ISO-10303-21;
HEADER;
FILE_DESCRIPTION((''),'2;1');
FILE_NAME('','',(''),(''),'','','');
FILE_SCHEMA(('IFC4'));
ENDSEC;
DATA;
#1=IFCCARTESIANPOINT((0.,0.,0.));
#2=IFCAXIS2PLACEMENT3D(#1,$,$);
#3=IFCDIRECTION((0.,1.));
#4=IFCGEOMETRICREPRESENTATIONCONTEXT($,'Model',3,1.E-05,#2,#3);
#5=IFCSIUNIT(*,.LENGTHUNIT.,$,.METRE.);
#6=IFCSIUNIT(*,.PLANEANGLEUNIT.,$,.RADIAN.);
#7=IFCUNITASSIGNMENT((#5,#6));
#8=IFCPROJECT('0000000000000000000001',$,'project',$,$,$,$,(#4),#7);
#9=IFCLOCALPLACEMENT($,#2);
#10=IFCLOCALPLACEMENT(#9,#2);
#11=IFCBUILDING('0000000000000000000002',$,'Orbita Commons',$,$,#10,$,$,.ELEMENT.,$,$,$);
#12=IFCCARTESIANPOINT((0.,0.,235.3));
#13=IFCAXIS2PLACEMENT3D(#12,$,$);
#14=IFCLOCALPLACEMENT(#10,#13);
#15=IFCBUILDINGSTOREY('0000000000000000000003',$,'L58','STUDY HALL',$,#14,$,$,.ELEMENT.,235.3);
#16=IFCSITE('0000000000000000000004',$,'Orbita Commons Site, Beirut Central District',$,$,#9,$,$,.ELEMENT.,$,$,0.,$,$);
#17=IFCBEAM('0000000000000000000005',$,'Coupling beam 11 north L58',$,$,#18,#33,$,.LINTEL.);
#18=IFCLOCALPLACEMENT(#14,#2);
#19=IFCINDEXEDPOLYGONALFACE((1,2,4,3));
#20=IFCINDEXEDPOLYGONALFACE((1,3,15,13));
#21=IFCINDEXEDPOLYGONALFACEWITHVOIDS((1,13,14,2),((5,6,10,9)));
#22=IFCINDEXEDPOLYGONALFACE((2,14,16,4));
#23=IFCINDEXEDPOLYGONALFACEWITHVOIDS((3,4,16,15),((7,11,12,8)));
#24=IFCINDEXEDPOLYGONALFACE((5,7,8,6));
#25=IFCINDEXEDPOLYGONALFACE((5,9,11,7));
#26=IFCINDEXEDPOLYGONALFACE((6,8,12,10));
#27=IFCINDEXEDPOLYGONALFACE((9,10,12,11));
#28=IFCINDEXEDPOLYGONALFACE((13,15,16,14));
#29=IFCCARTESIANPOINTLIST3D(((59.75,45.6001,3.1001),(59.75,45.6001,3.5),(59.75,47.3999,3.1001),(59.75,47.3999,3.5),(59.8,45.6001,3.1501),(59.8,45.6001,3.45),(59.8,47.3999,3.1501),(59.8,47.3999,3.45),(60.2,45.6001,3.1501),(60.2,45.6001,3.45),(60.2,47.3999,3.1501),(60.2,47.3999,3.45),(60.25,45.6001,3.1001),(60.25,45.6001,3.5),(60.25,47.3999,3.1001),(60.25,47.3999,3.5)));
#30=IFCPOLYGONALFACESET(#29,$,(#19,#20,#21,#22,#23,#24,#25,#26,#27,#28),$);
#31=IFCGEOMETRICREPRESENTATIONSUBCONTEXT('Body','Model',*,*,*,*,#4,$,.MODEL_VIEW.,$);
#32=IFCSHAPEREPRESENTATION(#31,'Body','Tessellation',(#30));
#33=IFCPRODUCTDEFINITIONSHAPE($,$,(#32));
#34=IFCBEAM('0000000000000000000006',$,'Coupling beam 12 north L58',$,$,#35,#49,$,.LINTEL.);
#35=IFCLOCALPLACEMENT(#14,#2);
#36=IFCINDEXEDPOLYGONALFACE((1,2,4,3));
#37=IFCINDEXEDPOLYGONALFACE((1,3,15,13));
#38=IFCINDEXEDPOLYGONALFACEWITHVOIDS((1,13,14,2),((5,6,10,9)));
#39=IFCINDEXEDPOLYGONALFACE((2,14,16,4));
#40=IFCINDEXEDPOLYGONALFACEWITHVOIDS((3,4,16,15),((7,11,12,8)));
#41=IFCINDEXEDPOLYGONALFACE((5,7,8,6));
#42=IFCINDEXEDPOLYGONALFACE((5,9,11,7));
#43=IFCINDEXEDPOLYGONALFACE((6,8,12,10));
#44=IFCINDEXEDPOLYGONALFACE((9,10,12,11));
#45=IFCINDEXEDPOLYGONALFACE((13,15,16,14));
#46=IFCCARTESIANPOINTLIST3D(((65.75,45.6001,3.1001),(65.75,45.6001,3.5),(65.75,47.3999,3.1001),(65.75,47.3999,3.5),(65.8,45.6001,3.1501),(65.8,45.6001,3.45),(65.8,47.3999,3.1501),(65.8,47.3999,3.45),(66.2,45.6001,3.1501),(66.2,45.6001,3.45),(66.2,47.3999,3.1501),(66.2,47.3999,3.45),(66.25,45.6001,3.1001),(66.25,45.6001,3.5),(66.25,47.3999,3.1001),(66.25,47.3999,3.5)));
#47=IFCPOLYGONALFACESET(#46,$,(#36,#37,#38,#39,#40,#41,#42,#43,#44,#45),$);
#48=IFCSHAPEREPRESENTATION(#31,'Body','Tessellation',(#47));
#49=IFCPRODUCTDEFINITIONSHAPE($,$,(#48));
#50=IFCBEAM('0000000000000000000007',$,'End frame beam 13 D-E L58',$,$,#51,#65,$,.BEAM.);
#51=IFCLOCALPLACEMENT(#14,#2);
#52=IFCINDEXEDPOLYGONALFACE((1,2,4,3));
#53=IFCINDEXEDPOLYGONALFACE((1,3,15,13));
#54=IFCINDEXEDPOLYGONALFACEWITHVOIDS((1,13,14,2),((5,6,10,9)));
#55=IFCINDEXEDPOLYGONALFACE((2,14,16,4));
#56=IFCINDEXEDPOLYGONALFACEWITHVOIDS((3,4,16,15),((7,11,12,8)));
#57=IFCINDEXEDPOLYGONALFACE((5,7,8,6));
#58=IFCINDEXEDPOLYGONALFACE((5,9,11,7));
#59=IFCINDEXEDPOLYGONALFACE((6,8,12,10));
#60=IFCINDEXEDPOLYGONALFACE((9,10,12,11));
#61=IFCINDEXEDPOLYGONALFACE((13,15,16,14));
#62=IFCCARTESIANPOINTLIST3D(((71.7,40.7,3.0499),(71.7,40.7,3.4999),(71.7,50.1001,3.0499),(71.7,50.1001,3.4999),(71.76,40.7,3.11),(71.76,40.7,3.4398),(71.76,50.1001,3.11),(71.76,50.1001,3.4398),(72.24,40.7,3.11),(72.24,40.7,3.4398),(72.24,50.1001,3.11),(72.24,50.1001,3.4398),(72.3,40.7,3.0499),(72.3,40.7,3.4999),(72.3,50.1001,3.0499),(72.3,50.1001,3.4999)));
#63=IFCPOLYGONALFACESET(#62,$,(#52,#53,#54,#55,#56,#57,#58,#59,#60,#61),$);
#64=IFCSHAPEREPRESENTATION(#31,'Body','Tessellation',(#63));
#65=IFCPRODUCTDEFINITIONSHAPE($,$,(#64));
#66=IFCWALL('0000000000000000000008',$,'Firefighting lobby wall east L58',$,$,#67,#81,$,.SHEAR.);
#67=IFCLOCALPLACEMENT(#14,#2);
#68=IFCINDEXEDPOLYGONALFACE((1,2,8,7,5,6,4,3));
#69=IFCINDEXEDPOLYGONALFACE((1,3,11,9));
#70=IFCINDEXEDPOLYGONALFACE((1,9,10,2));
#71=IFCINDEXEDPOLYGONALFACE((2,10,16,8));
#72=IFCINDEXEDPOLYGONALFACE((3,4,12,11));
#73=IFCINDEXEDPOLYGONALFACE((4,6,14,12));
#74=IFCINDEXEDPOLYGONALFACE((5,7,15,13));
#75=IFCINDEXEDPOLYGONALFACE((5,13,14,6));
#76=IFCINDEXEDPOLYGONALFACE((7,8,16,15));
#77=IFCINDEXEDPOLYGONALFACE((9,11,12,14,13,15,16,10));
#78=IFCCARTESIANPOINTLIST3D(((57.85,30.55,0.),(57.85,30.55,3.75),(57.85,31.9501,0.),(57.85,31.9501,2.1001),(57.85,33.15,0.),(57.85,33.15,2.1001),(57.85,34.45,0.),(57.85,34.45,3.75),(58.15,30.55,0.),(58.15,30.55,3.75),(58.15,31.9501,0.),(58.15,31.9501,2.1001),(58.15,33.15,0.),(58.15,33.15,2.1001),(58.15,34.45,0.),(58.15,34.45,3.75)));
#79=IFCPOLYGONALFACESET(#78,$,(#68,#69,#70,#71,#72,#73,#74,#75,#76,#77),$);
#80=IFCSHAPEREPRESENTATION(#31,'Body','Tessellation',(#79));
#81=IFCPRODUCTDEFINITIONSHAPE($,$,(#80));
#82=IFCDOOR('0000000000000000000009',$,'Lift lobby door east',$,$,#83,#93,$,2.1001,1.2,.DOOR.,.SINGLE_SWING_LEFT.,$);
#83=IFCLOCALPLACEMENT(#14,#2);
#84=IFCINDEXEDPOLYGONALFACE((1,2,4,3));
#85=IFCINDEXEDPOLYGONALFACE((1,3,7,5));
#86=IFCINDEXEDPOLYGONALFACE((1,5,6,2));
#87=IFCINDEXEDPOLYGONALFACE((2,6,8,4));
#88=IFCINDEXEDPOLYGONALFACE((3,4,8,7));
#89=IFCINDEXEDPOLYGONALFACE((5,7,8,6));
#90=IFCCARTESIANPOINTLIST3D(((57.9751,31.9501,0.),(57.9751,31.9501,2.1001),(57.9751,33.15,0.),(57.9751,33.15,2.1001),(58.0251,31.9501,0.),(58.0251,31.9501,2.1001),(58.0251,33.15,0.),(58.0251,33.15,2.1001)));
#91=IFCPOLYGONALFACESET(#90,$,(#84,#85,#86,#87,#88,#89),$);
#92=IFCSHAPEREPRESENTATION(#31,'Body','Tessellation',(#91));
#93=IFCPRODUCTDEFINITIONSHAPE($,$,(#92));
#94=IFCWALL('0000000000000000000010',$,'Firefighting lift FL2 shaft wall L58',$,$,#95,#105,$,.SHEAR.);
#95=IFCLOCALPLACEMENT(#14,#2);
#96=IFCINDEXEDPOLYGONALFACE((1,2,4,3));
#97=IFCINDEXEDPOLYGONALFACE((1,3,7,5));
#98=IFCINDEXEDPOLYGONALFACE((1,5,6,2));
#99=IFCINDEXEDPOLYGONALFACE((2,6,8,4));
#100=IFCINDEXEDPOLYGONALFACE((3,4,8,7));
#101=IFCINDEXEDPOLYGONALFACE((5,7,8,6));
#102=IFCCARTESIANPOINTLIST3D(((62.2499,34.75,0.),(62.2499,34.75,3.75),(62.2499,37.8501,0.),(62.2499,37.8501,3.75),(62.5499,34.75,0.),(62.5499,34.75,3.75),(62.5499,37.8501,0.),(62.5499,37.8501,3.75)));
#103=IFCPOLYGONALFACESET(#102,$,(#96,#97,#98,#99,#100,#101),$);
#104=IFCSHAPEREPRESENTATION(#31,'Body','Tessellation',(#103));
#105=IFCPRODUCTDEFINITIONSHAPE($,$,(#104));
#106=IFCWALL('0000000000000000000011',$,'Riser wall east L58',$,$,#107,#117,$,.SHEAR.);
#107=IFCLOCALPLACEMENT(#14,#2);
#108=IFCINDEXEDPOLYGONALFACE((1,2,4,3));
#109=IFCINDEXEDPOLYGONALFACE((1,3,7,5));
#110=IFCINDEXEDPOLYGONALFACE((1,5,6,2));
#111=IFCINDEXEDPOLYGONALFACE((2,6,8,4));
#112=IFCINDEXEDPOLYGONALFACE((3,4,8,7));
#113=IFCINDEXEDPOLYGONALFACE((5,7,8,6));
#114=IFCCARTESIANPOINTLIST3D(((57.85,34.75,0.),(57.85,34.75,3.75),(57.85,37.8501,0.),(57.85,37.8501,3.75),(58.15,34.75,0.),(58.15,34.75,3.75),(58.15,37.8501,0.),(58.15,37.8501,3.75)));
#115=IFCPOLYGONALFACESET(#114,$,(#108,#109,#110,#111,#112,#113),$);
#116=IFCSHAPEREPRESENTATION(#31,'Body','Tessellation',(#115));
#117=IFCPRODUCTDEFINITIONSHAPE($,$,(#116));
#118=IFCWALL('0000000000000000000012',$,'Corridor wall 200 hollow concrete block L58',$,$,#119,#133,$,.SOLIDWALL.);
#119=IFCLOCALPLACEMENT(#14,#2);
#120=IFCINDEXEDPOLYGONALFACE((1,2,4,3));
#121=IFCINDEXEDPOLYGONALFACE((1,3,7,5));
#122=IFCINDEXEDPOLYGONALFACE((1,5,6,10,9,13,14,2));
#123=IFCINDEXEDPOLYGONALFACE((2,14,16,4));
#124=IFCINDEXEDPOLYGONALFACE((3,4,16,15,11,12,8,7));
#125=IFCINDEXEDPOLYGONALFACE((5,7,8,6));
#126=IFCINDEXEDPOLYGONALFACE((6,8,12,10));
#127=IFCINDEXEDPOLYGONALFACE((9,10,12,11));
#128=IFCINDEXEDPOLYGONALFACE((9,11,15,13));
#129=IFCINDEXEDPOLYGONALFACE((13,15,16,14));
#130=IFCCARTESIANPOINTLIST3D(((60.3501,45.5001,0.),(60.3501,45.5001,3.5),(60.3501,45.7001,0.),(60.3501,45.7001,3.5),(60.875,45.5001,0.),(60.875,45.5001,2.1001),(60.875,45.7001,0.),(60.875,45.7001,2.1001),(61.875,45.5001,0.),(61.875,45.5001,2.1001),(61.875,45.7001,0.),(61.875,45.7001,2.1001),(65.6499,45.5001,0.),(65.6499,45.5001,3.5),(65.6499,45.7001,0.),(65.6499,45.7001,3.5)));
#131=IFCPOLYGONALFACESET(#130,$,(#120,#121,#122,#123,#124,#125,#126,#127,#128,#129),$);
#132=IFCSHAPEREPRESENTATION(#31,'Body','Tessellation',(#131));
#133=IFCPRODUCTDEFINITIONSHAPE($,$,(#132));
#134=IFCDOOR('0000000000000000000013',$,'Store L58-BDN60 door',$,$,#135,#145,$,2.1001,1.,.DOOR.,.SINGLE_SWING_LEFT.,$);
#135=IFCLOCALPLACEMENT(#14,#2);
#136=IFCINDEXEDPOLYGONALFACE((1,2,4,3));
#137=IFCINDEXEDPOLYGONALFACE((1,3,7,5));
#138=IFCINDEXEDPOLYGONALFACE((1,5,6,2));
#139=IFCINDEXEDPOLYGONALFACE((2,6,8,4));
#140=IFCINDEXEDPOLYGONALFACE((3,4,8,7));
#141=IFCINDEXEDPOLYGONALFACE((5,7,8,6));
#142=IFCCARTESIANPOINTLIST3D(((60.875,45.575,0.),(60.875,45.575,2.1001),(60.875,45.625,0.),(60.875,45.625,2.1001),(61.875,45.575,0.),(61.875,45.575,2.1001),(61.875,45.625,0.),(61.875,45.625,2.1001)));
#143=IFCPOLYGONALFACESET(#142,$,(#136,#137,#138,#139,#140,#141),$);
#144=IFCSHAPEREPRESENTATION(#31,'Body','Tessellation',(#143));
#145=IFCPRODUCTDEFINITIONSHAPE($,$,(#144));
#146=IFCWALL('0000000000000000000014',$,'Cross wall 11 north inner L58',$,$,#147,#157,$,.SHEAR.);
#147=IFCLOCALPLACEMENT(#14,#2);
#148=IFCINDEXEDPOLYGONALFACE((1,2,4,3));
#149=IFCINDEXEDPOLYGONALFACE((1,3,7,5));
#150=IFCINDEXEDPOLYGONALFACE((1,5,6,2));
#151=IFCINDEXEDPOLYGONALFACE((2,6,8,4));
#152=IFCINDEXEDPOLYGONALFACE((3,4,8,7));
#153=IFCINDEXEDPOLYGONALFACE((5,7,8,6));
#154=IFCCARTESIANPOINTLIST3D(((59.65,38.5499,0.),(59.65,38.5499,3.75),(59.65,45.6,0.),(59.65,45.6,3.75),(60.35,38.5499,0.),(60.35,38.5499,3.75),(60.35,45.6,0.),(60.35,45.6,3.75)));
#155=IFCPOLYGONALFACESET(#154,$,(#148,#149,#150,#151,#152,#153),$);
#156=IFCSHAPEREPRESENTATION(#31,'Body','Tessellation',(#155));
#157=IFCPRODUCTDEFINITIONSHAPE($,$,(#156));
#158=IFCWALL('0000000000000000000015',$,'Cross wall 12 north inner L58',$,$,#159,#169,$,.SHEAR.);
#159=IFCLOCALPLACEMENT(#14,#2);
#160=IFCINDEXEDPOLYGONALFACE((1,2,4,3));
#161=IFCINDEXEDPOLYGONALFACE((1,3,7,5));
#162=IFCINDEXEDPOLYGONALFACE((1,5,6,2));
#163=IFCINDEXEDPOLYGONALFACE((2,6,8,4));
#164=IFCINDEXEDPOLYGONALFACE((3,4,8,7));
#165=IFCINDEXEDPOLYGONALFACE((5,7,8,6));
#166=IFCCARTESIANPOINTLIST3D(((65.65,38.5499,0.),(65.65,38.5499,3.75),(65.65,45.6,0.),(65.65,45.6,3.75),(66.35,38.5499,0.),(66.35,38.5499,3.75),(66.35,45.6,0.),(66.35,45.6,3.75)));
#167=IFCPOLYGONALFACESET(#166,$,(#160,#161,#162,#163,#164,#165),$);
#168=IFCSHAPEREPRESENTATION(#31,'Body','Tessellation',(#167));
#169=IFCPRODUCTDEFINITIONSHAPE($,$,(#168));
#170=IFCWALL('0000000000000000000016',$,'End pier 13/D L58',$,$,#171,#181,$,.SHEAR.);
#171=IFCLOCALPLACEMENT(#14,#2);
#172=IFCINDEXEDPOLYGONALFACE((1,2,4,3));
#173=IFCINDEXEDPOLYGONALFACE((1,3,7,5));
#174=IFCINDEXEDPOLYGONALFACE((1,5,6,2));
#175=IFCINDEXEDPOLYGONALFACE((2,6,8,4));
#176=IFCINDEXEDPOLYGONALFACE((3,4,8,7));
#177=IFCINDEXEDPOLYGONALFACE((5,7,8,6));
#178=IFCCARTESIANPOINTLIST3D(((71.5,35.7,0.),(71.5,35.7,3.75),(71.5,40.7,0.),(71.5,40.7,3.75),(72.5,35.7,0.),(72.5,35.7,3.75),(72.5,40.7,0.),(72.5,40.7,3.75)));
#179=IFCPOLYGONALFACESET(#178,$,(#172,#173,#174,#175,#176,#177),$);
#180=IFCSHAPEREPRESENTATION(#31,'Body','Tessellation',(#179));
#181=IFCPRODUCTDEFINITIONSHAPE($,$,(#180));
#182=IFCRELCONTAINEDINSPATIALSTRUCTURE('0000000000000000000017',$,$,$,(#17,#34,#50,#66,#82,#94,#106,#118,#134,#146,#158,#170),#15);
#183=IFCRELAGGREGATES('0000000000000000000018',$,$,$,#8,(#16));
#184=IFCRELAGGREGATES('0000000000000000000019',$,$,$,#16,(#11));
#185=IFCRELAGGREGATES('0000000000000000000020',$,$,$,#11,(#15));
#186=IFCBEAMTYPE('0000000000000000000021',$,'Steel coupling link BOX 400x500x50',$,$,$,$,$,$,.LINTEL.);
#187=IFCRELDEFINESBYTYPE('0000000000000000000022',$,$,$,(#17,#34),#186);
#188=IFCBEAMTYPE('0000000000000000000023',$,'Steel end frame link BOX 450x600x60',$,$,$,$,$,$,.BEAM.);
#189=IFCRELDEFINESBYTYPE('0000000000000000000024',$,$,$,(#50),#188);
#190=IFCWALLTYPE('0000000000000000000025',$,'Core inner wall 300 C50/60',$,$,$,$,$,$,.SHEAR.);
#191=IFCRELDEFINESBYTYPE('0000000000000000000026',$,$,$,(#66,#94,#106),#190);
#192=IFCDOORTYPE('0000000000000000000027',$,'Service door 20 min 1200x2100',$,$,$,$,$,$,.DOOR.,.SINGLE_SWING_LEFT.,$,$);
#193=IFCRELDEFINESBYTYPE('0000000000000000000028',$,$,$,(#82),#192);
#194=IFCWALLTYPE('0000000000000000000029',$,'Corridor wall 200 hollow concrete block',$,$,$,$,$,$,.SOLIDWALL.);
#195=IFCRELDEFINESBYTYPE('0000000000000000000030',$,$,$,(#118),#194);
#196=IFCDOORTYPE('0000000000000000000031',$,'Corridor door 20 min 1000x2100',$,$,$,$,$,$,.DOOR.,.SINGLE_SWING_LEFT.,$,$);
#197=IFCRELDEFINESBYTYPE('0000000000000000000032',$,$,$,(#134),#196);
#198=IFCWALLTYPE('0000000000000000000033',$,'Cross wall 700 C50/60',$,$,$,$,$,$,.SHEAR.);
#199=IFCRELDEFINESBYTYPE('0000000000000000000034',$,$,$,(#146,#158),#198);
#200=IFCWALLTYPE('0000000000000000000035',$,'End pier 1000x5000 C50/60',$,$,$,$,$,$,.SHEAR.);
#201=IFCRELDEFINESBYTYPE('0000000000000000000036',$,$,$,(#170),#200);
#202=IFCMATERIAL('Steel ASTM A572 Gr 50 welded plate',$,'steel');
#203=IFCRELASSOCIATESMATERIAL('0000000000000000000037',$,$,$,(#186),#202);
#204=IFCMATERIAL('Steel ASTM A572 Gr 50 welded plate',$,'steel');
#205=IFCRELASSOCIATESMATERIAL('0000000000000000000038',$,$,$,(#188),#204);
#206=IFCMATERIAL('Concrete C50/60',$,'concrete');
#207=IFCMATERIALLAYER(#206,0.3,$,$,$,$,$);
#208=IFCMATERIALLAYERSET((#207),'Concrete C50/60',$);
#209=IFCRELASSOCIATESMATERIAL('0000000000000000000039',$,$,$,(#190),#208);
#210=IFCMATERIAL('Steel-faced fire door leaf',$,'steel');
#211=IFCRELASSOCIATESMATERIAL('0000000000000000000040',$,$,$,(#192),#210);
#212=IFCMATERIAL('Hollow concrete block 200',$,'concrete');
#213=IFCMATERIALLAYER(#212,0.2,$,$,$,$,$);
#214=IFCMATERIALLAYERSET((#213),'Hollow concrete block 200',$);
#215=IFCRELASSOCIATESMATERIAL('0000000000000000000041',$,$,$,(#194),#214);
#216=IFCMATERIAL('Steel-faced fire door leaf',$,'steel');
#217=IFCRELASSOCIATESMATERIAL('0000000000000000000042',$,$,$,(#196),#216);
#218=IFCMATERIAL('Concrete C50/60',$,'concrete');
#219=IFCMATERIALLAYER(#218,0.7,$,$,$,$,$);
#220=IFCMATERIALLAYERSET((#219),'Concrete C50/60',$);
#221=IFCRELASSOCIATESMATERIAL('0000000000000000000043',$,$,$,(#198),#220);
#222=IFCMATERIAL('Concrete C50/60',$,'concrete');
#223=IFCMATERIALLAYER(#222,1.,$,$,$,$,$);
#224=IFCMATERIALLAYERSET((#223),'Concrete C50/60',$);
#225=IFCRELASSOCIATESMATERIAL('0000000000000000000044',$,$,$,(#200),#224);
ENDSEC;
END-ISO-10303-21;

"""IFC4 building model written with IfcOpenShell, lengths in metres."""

from ifc_helpers import new_model, si_unit, direction, frame, frame_2d, origin, origin_2d, place, context, subcontext, project, spatial, rectangle, hollow_rectangle, extrude, material, layer, layer_set, material_profile, profile_set, type_object, element, fill, save


model = new_model("IFC4")

# Units and contexts
model_context = context("Model", 3, precision=1e-05, world=origin(), true_north=direction((0.0, 1.0)))
body_context = subcontext(model_context, "Body", "Model", "MODEL_VIEW")
ifc_project = project(units=[si_unit("LENGTHUNIT", "METRE"), si_unit("PLANEANGLEUNIT", "RADIAN")], contexts=[model_context])

# Site, building, storey
site_placement = place(None, origin())
site = spatial("IfcSite", under=ifc_project, at=site_placement, Name="Orbita Commons Site, Beirut Central District", CompositionType="ELEMENT", RefElevation=0.0)
building_placement = place(site_placement, origin())
building = spatial("IfcBuilding", under=site, at=building_placement, Name="Orbita Commons", CompositionType="ELEMENT")
storey_placement = place(building_placement, frame((0.0, 0.0, 235.3)))
storey = spatial("IfcBuildingStorey", under=building, at=storey_placement, Name="L58", Description="STUDY HALL", CompositionType="ELEMENT", Elevation=235.3)

# Beams
ifc_material_1 = material(Name="Steel ASTM A572 Gr 50 welded plate", Category="steel")
ifc_material_profile_1 = material_profile(ifc_material_1, hollow_rectangle(XDim=0.5, YDim=0.3999, WallThickness=0.05, at=origin_2d()), Name="BOX 400x500x50")
ifc_profile_set_1 = profile_set([ifc_material_profile_1], Name="Steel ASTM A572 Gr 50 welded plate")
beam_type_1 = type_object("IfcBeamType", Name="Steel coupling link BOX 400x500x50", PredefinedType="LINTEL", material=ifc_profile_set_1)
for number, where, z_axis, x_axis, name in (
    (1, (60.0, 45.6001, 3.3), (0.0, 1.0, 0.0), (-1.0, 0.0, 0.0), "Coupling beam 11 north L58"),
    (2, (66.0, 45.6001, 3.3), (0.0, 1.0, 0.0), (-1.0, 0.0, 0.0), "Coupling beam 12 north L58"),
):
    element("IfcBeam", number, at=place(storey_placement, frame(where, z_axis=z_axis, x_axis=x_axis)), inside=storey, type_object=beam_type_1, Name=name, PredefinedType="LINTEL", context=body_context, shape_type="SweptSolid", body=[
        extrude(hollow_rectangle(XDim=0.5, YDim=0.3999, WallThickness=0.05, at=origin_2d()), origin(), (0.0, 0.0, 1.0), 1.7998),
    ])
ifc_material_2 = material(Name="Steel ASTM A572 Gr 50 welded plate", Category="steel")
ifc_material_profile_2 = material_profile(ifc_material_2, hollow_rectangle(XDim=0.6001, YDim=0.45, WallThickness=0.0601, at=origin_2d()), Name="BOX 450x600x60")
ifc_profile_set_2 = profile_set([ifc_material_profile_2], Name="Steel ASTM A572 Gr 50 welded plate")
beam_type_2 = type_object("IfcBeamType", Name="Steel end frame link BOX 450x600x60", PredefinedType="BEAM", material=ifc_profile_set_2)
beam_placement = place(storey_placement, frame((72.0, 40.7, 3.2749), z_axis=(0.0, 1.0, 0.0), x_axis=(-1.0, 0.0, 0.0)))
element("IfcBeam", 3, at=beam_placement, inside=storey, type_object=beam_type_2, Name="End frame beam 13 D-E L58", PredefinedType="BEAM", context=body_context, shape_type="SweptSolid", body=[
    extrude(hollow_rectangle(XDim=0.6001, YDim=0.45, WallThickness=0.0601, at=origin_2d()), origin(), (0.0, 0.0, 1.0), 9.4001),
])

# Wall, opening, door
ifc_material_3 = material(Name="Concrete C50/60", Category="concrete")
ifc_layer_1 = layer(ifc_material_3, 0.3)
ifc_layer_set_1 = layer_set([ifc_layer_1], Name="Concrete C50/60")
wall_type_1 = type_object("IfcWallType", Name="Core inner wall 300 C50/60", PredefinedType="SHEAR", material=ifc_layer_set_1)
wall_1_placement = place(storey_placement, frame((58.0, 30.55, 0.0), z_axis=(0.0, 0.0, 1.0), x_axis=(0.0, 1.0, 0.0)))
wall_1 = element("IfcWall", 4, at=wall_1_placement, inside=storey, type_object=wall_type_1, Name="Firefighting lobby wall east L58", PredefinedType="SHEAR", context=body_context, shape_type="SweptSolid", body=[
    extrude(rectangle(XDim=3.8999, YDim=0.3, at=frame_2d((1.95, 0.0))), origin(), (0.0, 0.0, 1.0), 3.75),
])
opening_1_placement = place(wall_1_placement, frame((1.3999, 0.0, 0.0)))
opening_1 = element("IfcOpeningElement", 5, at=opening_1_placement, cuts=wall_1, PredefinedType="OPENING", context=body_context, shape_type="SweptSolid", body=[
    extrude(rectangle(XDim=1.2, YDim=2.1001, at=frame_2d((0.6001, 1.05))), frame((0.0, 0.1599, 0.0), z_axis=(0.0, -1.0, 0.0), x_axis=(1.0, 0.0, 0.0)), (0.0, 0.0, 1.0), 0.3201),
])
ifc_material_4 = material(Name="Steel-faced fire door leaf", Category="steel")
door_type_1 = type_object("IfcDoorType", Name="Service door 20 min 1200x2100", OperationType="SINGLE_SWING_LEFT", PredefinedType="DOOR", material=ifc_material_4)
door_1_placement = place(opening_1_placement, origin())
door_1 = element("IfcDoor", 6, at=door_1_placement, inside=storey, type_object=door_type_1, Name="Lift lobby door east", OperationType="SINGLE_SWING_LEFT", OverallHeight=2.1001, OverallWidth=1.2, PredefinedType="DOOR", context=body_context, shape_type="SweptSolid", body=[
    extrude(rectangle(XDim=1.2, YDim=2.1001, at=frame_2d((0.6001, 1.05))), frame((0.0, 0.0249, 0.0), z_axis=(0.0, -1.0, 0.0), x_axis=(1.0, 0.0, 0.0)), (0.0, 0.0, 1.0), 0.05),
])
fill(opening_1, door_1)

# Walls
for number, where, z_axis, x_axis, name in (
    (7, (62.3999, 34.75, 0.0), (0.0, 0.0, 1.0), (0.0, 1.0, 0.0), "Firefighting lift FL2 shaft wall L58"),
    (8, (58.0, 34.75, 0.0), (0.0, 0.0, 1.0), (0.0, 1.0, 0.0), "Riser wall east L58"),
):
    element("IfcWall", number, at=place(storey_placement, frame(where, z_axis=z_axis, x_axis=x_axis)), inside=storey, type_object=wall_type_1, Name=name, PredefinedType="SHEAR", context=body_context, shape_type="SweptSolid", body=[
        extrude(rectangle(XDim=3.1001, YDim=0.3, at=frame_2d((1.55, 0.0))), origin(), (0.0, 0.0, 1.0), 3.75),
    ])

# Wall, opening, door
ifc_material_5 = material(Name="Hollow concrete block 200", Category="concrete")
ifc_layer_2 = layer(ifc_material_5, 0.2)
ifc_layer_set_2 = layer_set([ifc_layer_2], Name="Hollow concrete block 200")
wall_type_2 = type_object("IfcWallType", Name="Corridor wall 200 hollow concrete block", PredefinedType="SOLIDWALL", material=ifc_layer_set_2)
wall_2_placement = place(storey_placement, frame((60.3501, 45.6001, 0.0), z_axis=(0.0, 0.0, 1.0), x_axis=(1.0, 0.0, 0.0)))
wall_2 = element("IfcWall", 9, at=wall_2_placement, inside=storey, type_object=wall_type_2, Name="Corridor wall 200 hollow concrete block L58", PredefinedType="SOLIDWALL", context=body_context, shape_type="SweptSolid", body=[
    extrude(rectangle(XDim=5.2998, YDim=0.2, at=frame_2d((2.6499, 0.0))), origin(), (0.0, 0.0, 1.0), 3.5),
])
opening_2_placement = place(wall_2_placement, frame((0.5249, 0.0, 0.0)))
opening_2 = element("IfcOpeningElement", 10, at=opening_2_placement, cuts=wall_2, PredefinedType="OPENING", context=body_context, shape_type="SweptSolid", body=[
    extrude(rectangle(XDim=1.0, YDim=2.1001, at=frame_2d((0.5, 1.05))), frame((0.0, 0.1099, 0.0), z_axis=(0.0, -1.0, 0.0), x_axis=(1.0, 0.0, 0.0)), (0.0, 0.0, 1.0), 0.22),
])
ifc_material_6 = material(Name="Steel-faced fire door leaf", Category="steel")
door_type_2 = type_object("IfcDoorType", Name="Corridor door 20 min 1000x2100", OperationType="SINGLE_SWING_LEFT", PredefinedType="DOOR", material=ifc_material_6)
door_2_placement = place(opening_2_placement, origin())
door_2 = element("IfcDoor", 11, at=door_2_placement, inside=storey, type_object=door_type_2, Name="Store L58-BDN60 door", OperationType="SINGLE_SWING_LEFT", OverallHeight=2.1001, OverallWidth=1.0, PredefinedType="DOOR", context=body_context, shape_type="SweptSolid", body=[
    extrude(rectangle(XDim=1.0, YDim=2.1001, at=frame_2d((0.5, 1.05))), frame((0.0, 0.0249, 0.0), z_axis=(0.0, -1.0, 0.0), x_axis=(1.0, 0.0, 0.0)), (0.0, 0.0, 1.0), 0.05),
])
fill(opening_2, door_2)

# Walls
ifc_material_7 = material(Name="Concrete C50/60", Category="concrete")
ifc_layer_3 = layer(ifc_material_7, 0.7)
ifc_layer_set_3 = layer_set([ifc_layer_3], Name="Concrete C50/60")
wall_type_3 = type_object("IfcWallType", Name="Cross wall 700 C50/60", PredefinedType="SHEAR", material=ifc_layer_set_3)
for number, where, z_axis, x_axis, name in (
    (12, (60.0, 38.55, 0.0), (0.0, 0.0, 1.0), (0.0, 1.0, 0.0), "Cross wall 11 north inner L58"),
    (13, (66.0, 38.55, 0.0), (0.0, 0.0, 1.0), (0.0, 1.0, 0.0), "Cross wall 12 north inner L58"),
):
    element("IfcWall", number, at=place(storey_placement, frame(where, z_axis=z_axis, x_axis=x_axis)), inside=storey, type_object=wall_type_3, Name=name, PredefinedType="SHEAR", context=body_context, shape_type="SweptSolid", body=[
        extrude(rectangle(XDim=7.05, YDim=0.7, at=frame_2d((3.5249, 0.0))), origin(), (0.0, 0.0, 1.0), 3.75),
    ])
ifc_material_8 = material(Name="Concrete C50/60", Category="concrete")
ifc_layer_4 = layer(ifc_material_8, 1.0)
ifc_layer_set_4 = layer_set([ifc_layer_4], Name="Concrete C50/60")
wall_type_4 = type_object("IfcWallType", Name="End pier 1000x5000 C50/60", PredefinedType="SHEAR", material=ifc_layer_set_4)
wall_3_placement = place(storey_placement, frame((72.0, 35.7, 0.0), z_axis=(0.0, 0.0, 1.0), x_axis=(0.0, 1.0, 0.0)))
element("IfcWall", 14, at=wall_3_placement, inside=storey, type_object=wall_type_4, Name="End pier 13/D L58", PredefinedType="SHEAR", context=body_context, shape_type="SweptSolid", body=[
    extrude(rectangle(XDim=5.0, YDim=1.0, at=frame_2d((2.5, 0.0))), origin(), (0.0, 0.0, 1.0), 3.75),
])

save(model, "model.ifc")
